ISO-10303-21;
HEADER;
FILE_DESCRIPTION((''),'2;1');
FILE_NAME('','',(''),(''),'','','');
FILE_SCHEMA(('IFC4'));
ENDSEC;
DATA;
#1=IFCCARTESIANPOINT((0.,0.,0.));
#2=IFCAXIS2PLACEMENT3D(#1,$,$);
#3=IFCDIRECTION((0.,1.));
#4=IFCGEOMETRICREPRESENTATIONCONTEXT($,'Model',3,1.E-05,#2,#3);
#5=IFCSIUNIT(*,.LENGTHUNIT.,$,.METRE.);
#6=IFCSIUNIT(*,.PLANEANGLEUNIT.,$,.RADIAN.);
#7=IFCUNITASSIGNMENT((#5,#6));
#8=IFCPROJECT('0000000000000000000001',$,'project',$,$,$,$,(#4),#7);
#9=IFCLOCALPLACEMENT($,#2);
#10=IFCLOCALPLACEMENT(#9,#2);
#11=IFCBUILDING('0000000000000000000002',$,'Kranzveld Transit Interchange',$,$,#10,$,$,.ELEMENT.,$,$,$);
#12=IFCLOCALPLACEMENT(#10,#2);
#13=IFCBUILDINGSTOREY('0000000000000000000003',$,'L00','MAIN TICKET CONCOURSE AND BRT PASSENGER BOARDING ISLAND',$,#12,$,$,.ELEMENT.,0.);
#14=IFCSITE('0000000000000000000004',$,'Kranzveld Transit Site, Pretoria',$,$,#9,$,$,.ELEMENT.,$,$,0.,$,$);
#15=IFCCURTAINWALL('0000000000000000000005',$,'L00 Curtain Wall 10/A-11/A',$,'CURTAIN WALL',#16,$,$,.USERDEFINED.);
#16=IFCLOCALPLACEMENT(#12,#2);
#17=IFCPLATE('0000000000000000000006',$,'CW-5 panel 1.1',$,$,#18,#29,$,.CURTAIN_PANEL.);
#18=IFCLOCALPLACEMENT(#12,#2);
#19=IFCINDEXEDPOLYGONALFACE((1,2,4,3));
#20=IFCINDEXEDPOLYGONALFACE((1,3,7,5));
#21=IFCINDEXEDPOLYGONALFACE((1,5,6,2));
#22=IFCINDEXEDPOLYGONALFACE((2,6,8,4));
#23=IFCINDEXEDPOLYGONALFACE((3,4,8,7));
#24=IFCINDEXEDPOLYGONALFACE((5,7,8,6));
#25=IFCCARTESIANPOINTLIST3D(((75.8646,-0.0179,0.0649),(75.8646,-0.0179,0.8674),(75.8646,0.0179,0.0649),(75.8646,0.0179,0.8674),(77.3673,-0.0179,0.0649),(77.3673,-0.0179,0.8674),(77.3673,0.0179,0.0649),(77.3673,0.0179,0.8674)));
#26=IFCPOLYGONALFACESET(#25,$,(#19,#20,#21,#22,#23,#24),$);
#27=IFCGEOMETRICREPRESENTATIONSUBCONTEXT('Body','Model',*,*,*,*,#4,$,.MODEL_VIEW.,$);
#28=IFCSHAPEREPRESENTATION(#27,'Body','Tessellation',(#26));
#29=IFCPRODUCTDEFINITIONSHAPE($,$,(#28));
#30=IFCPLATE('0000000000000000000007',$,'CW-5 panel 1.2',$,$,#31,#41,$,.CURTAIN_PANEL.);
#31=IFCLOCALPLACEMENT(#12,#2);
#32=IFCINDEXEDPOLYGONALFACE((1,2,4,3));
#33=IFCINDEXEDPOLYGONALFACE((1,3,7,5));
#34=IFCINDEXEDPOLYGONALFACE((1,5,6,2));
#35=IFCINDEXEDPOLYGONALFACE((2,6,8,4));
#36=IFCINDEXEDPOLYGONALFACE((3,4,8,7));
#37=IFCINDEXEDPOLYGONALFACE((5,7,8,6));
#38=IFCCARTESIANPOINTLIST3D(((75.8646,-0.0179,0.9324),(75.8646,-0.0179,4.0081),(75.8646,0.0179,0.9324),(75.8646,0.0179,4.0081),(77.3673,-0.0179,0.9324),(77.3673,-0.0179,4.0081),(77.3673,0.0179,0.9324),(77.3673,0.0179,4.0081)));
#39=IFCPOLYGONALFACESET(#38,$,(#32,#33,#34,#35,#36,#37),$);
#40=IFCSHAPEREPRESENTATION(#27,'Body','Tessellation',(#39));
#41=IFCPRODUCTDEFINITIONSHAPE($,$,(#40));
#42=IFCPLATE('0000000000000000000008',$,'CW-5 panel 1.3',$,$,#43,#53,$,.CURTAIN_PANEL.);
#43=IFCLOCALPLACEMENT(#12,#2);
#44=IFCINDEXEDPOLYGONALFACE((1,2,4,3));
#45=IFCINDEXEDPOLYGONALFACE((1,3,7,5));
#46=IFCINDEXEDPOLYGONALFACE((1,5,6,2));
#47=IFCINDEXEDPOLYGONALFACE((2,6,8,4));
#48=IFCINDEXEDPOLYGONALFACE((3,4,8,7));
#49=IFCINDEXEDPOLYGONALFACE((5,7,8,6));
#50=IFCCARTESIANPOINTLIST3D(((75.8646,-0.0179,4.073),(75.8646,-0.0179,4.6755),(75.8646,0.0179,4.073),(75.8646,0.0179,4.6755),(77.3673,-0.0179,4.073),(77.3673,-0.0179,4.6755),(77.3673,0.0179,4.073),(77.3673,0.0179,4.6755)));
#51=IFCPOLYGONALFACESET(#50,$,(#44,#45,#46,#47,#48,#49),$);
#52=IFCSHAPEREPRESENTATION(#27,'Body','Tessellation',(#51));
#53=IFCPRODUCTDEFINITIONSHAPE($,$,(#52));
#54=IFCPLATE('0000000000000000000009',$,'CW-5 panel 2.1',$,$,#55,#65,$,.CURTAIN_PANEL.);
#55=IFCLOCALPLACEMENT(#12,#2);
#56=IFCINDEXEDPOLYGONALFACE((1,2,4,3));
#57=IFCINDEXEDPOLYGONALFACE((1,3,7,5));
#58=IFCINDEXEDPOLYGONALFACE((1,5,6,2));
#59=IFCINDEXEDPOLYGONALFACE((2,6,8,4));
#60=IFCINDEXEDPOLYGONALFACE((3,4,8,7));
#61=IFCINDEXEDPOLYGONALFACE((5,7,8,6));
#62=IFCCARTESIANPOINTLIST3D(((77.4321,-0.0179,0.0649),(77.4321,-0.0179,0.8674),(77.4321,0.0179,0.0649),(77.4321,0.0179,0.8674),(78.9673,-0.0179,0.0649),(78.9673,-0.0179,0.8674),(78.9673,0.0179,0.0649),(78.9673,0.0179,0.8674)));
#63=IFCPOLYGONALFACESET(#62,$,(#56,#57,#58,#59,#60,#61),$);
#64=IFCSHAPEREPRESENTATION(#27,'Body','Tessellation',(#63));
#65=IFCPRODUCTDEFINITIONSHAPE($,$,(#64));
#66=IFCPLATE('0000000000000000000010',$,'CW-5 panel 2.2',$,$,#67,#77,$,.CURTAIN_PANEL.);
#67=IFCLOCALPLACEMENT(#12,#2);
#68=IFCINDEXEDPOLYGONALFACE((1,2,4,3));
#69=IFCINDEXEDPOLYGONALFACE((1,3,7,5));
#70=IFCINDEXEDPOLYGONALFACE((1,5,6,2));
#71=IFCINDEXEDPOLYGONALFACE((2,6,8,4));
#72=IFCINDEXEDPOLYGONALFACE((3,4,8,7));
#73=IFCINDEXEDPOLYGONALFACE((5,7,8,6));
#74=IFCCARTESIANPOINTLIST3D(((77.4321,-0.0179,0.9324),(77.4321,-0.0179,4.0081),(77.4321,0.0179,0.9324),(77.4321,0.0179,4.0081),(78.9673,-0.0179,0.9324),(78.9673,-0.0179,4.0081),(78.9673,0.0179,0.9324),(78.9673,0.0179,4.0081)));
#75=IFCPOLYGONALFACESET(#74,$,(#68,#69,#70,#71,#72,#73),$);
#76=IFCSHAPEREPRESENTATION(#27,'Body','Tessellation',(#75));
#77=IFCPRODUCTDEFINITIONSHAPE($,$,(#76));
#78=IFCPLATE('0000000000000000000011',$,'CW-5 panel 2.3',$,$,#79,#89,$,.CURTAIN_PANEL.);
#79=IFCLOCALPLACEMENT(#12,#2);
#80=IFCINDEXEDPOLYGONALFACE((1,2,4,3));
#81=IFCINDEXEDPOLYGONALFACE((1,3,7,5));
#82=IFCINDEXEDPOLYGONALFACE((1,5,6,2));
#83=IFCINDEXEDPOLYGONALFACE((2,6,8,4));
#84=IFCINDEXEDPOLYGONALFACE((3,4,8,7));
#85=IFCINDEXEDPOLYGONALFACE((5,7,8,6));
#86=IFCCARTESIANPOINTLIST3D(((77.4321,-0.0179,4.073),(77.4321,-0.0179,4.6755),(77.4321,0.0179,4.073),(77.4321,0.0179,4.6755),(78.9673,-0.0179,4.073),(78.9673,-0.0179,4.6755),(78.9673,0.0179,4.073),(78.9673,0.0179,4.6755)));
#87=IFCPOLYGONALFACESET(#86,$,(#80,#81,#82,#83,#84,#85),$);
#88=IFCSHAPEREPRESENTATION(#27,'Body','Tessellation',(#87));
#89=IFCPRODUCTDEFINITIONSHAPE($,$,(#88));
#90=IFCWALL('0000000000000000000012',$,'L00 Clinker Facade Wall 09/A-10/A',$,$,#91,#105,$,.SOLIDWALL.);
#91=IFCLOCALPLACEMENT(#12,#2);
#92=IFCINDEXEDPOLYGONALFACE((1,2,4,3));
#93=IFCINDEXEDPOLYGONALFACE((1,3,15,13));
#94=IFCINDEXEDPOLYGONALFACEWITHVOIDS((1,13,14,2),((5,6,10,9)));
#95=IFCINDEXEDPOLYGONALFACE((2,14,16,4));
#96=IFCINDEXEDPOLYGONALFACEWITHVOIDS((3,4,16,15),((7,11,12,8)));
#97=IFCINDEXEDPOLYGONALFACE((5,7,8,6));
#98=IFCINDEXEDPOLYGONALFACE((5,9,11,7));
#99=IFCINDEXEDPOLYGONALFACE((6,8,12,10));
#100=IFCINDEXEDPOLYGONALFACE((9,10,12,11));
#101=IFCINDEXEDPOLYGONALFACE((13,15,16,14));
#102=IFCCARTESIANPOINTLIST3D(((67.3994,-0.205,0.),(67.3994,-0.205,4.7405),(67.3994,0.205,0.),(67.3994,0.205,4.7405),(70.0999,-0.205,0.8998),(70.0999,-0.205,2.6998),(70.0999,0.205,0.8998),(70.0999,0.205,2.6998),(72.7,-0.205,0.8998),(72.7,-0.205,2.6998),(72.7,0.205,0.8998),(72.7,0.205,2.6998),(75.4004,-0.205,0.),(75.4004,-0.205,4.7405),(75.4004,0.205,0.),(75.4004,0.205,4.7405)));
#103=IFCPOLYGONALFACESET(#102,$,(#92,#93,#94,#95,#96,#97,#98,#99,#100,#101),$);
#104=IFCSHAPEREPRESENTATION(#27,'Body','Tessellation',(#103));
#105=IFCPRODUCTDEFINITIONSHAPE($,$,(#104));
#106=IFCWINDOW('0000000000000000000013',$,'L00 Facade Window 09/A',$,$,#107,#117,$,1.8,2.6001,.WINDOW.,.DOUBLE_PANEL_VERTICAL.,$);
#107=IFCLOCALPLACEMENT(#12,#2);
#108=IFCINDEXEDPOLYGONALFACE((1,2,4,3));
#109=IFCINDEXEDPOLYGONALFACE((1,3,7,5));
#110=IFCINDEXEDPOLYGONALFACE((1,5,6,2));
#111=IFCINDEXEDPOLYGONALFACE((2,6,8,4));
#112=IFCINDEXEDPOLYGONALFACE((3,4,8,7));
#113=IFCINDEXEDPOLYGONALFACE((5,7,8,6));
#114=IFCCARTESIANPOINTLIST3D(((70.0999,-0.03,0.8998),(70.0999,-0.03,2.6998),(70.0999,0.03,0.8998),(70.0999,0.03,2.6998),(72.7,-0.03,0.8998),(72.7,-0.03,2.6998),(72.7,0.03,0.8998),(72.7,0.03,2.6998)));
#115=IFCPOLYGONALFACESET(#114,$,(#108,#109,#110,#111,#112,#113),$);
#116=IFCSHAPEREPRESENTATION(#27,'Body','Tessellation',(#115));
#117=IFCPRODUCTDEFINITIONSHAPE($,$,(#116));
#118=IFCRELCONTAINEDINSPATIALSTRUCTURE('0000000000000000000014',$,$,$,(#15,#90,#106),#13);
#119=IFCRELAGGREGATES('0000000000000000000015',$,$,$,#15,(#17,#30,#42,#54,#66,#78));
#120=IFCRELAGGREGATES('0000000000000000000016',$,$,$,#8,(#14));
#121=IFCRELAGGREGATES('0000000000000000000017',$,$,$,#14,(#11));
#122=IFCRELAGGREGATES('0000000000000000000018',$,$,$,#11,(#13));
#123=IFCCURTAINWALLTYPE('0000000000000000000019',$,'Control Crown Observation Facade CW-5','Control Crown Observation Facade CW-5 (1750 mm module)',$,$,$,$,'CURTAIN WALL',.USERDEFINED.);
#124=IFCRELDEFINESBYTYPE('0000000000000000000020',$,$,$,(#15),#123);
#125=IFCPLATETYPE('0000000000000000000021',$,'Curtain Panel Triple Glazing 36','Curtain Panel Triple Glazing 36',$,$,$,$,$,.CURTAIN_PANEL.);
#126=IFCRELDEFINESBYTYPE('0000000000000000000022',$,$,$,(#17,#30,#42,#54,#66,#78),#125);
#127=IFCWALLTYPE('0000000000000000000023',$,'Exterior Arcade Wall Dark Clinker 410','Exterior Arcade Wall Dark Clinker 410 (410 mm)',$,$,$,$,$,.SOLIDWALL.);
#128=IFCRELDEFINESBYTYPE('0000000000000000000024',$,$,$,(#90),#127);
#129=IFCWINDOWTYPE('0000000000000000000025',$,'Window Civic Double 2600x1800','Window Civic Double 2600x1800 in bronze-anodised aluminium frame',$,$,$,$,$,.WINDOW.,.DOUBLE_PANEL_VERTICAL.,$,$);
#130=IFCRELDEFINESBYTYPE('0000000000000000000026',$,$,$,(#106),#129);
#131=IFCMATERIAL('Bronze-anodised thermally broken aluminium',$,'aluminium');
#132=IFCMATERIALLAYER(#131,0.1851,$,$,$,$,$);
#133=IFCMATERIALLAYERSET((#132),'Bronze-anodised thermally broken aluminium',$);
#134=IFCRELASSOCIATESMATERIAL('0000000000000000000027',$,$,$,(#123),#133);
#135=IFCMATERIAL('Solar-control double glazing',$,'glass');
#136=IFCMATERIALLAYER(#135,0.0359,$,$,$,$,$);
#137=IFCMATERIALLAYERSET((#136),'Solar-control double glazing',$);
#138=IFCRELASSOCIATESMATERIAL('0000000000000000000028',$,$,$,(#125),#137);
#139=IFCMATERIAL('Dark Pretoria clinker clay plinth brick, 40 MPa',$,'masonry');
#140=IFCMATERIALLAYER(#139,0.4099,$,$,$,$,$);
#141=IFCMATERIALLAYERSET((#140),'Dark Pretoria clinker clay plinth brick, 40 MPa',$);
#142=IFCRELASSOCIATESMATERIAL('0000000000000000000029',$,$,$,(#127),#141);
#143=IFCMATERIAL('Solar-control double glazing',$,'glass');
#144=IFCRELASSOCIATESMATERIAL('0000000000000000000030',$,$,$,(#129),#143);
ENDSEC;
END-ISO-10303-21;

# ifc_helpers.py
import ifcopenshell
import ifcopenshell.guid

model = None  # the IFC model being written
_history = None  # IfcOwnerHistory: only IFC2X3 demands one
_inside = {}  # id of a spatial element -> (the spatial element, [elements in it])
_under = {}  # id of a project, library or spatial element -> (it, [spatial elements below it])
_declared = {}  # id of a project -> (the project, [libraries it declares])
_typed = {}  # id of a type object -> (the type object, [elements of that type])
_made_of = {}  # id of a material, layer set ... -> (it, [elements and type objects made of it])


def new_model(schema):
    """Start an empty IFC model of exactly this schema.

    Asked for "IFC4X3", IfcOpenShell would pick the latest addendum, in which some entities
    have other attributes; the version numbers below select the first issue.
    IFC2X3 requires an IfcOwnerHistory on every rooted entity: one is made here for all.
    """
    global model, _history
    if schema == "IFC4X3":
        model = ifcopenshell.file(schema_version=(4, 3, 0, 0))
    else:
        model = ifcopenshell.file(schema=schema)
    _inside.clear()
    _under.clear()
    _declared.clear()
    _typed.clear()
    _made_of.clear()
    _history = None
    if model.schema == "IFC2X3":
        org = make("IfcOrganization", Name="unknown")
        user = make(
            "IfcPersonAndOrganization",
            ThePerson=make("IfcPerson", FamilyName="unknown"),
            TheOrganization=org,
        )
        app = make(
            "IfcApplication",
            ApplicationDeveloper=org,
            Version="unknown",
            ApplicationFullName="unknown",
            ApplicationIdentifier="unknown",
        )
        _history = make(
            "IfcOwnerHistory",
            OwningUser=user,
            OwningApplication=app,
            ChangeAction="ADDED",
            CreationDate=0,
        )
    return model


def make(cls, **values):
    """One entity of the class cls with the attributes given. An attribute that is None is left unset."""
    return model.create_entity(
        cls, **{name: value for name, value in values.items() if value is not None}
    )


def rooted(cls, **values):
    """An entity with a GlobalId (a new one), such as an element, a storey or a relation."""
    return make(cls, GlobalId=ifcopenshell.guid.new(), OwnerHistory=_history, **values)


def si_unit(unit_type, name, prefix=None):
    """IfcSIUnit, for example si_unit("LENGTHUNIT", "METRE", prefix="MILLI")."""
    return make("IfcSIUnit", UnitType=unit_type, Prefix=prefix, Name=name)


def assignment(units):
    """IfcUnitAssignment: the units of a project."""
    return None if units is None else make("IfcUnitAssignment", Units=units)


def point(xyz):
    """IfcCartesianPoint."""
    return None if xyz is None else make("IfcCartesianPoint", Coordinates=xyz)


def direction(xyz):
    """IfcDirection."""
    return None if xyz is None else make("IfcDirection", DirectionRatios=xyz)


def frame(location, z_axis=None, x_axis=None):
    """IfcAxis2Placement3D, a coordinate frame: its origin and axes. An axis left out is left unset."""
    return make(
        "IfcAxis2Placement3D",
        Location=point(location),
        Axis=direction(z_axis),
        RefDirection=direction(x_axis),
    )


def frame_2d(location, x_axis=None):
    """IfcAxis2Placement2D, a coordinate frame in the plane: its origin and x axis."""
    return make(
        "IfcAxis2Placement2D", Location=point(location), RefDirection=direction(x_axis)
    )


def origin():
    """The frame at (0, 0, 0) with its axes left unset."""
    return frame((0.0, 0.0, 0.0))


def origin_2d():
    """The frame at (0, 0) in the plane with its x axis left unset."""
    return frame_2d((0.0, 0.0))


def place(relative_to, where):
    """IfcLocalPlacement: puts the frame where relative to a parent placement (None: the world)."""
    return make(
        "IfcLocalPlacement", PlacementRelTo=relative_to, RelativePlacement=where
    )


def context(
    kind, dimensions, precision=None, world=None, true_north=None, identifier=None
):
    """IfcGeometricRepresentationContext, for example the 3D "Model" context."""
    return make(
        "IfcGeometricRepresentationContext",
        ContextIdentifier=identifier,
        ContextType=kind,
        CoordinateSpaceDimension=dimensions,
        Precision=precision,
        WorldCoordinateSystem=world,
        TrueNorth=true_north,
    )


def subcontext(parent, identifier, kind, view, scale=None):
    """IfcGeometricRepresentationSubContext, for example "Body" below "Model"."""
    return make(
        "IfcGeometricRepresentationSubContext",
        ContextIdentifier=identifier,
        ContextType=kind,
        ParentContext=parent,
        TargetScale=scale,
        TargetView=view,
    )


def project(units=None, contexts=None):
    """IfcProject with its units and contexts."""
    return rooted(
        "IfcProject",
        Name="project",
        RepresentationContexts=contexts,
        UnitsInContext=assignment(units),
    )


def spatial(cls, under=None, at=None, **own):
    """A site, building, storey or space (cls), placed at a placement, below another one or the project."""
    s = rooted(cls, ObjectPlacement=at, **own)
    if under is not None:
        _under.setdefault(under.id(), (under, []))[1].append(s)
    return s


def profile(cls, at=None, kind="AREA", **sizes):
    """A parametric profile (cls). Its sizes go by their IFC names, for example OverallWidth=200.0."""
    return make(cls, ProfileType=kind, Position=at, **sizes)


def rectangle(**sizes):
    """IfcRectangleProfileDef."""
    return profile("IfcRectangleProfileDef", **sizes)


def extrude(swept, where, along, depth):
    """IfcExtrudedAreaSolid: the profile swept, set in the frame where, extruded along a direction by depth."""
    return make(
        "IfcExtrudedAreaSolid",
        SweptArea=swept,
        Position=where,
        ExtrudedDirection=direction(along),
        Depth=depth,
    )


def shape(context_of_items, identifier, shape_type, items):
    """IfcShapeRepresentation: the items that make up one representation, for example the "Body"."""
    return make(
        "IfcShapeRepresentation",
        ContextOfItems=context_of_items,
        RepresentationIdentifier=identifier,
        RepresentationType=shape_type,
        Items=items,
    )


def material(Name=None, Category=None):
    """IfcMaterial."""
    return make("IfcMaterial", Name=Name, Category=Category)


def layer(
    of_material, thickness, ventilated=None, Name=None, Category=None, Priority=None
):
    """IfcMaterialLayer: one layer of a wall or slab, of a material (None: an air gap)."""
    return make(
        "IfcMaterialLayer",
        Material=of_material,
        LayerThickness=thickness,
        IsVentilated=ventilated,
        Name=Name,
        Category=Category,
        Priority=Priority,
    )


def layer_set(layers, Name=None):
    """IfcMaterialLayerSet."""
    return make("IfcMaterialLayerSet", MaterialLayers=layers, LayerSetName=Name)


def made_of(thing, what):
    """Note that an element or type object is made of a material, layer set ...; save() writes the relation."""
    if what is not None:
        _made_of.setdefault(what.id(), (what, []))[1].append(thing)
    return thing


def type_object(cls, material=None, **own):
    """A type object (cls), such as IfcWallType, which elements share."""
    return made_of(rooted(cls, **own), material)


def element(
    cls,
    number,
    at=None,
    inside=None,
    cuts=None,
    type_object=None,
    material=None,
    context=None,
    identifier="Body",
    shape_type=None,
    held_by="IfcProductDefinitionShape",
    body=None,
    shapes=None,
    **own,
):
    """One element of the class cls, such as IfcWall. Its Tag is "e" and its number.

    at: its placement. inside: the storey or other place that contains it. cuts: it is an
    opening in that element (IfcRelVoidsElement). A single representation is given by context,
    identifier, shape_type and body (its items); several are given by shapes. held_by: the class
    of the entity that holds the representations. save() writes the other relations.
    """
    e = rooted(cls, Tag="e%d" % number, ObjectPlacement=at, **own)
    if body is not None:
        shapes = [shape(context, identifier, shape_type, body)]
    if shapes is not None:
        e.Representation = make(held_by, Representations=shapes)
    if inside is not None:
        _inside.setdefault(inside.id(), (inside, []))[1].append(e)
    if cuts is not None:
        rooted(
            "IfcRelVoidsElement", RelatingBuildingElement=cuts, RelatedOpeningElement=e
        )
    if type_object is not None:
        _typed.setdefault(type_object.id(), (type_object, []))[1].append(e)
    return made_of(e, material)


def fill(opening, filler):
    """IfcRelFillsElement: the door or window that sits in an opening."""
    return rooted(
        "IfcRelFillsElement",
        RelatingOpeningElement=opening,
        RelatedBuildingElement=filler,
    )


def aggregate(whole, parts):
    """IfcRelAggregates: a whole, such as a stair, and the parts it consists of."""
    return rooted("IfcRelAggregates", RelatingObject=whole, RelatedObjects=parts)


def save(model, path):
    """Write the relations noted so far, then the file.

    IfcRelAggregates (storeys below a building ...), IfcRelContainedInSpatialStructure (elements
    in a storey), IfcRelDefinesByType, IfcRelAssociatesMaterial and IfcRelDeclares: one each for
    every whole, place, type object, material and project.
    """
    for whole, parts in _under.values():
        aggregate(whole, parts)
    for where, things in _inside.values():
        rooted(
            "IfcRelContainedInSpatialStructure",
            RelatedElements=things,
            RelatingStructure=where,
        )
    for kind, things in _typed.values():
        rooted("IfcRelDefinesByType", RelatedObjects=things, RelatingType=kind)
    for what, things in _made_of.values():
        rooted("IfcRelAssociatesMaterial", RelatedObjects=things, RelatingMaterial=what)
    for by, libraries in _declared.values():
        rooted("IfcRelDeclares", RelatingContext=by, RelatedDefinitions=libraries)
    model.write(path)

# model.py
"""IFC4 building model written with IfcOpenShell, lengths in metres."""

from ifc_helpers import new_model, si_unit, direction, frame, frame_2d, origin, origin_2d, place, context, subcontext, project, spatial, rectangle, extrude, material, layer, layer_set, type_object, element, fill, aggregate, save


model = new_model("IFC4")

# Units and contexts
model_context = context("Model", 3, precision=1e-05, world=origin(), true_north=direction((0.0, 1.0)))
body_context = subcontext(model_context, "Body", "Model", "MODEL_VIEW")
ifc_project = project(units=[si_unit("LENGTHUNIT", "METRE"), si_unit("PLANEANGLEUNIT", "RADIAN")], contexts=[model_context])

# Site, building, storey
site_placement = place(None, origin())
site = spatial("IfcSite", under=ifc_project, at=site_placement, Name="Kranzveld Transit Site, Pretoria", CompositionType="ELEMENT", RefElevation=0.0)
building_placement = place(site_placement, origin())
building = spatial("IfcBuilding", under=site, at=building_placement, Name="Kranzveld Transit Interchange", CompositionType="ELEMENT")
storey_placement = place(building_placement, origin())
storey = spatial("IfcBuildingStorey", under=building, at=storey_placement, Name="L00", Description="MAIN TICKET CONCOURSE AND BRT PASSENGER BOARDING ISLAND", CompositionType="ELEMENT", Elevation=0.0)

# Curtain wall
ifc_material_1 = material(Name="Bronze-anodised thermally broken aluminium", Category="aluminium")
ifc_layer_1 = layer(ifc_material_1, 0.1851)
ifc_layer_set_1 = layer_set([ifc_layer_1], Name="Bronze-anodised thermally broken aluminium")
curtain_wall_type = type_object("IfcCurtainWallType", Name="Control Crown Observation Facade CW-5", Description="Control Crown Observation Facade CW-5 (1750 mm module)", ElementType="CURTAIN WALL", PredefinedType="USERDEFINED", material=ifc_layer_set_1)
curtain_wall_placement = place(storey_placement, origin())
curtain_wall = element("IfcCurtainWall", 1, at=curtain_wall_placement, inside=storey, type_object=curtain_wall_type, Name="L00 Curtain Wall 10/A-11/A", ObjectType="CURTAIN WALL", PredefinedType="USERDEFINED")

# Plates
ifc_material_2 = material(Name="Solar-control double glazing", Category="glass")
ifc_layer_2 = layer(ifc_material_2, 0.0359)
ifc_layer_set_2 = layer_set([ifc_layer_2], Name="Solar-control double glazing")
plate_type = type_object("IfcPlateType", Name="Curtain Panel Triple Glazing 36", Description="Curtain Panel Triple Glazing 36", PredefinedType="CURTAIN_PANEL", material=ifc_layer_set_2)
plate_1_placement = place(storey_placement, frame((76.616, 0.0, 0.0649), z_axis=(0.0, 0.0, 1.0), x_axis=(1.0, 0.0, 0.0)))
plate_1 = element("IfcPlate", 2, at=plate_1_placement, type_object=plate_type, Name="CW-5 panel 1.1", PredefinedType="CURTAIN_PANEL", context=body_context, shape_type="SweptSolid", body=[
    extrude(rectangle(XDim=1.5027, YDim=0.0359, at=origin_2d()), origin(), (0.0, 0.0, 1.0), 0.8025),
])
plate_2_placement = place(storey_placement, frame((76.616, 0.0, 0.9324), z_axis=(0.0, 0.0, 1.0), x_axis=(1.0, 0.0, 0.0)))
plate_2 = element("IfcPlate", 3, at=plate_2_placement, type_object=plate_type, Name="CW-5 panel 1.2", PredefinedType="CURTAIN_PANEL", context=body_context, shape_type="SweptSolid", body=[
    extrude(rectangle(XDim=1.5027, YDim=0.0359, at=origin_2d()), origin(), (0.0, 0.0, 1.0), 3.0757),
])
plate_3_placement = place(storey_placement, frame((76.616, 0.0, 4.073), z_axis=(0.0, 0.0, 1.0), x_axis=(1.0, 0.0, 0.0)))
plate_3 = element("IfcPlate", 4, at=plate_3_placement, type_object=plate_type, Name="CW-5 panel 1.3", PredefinedType="CURTAIN_PANEL", context=body_context, shape_type="SweptSolid", body=[
    extrude(rectangle(XDim=1.5027, YDim=0.0359, at=origin_2d()), origin(), (0.0, 0.0, 1.0), 0.6025),
])
plate_4_placement = place(storey_placement, frame((78.1997, 0.0, 0.0649), z_axis=(0.0, 0.0, 1.0), x_axis=(1.0, 0.0, 0.0)))
plate_4 = element("IfcPlate", 5, at=plate_4_placement, type_object=plate_type, Name="CW-5 panel 2.1", PredefinedType="CURTAIN_PANEL", context=body_context, shape_type="SweptSolid", body=[
    extrude(rectangle(XDim=1.5352, YDim=0.0359, at=origin_2d()), origin(), (0.0, 0.0, 1.0), 0.8025),
])
plate_5_placement = place(storey_placement, frame((78.1997, 0.0, 0.9324), z_axis=(0.0, 0.0, 1.0), x_axis=(1.0, 0.0, 0.0)))
plate_5 = element("IfcPlate", 6, at=plate_5_placement, type_object=plate_type, Name="CW-5 panel 2.2", PredefinedType="CURTAIN_PANEL", context=body_context, shape_type="SweptSolid", body=[
    extrude(rectangle(XDim=1.5352, YDim=0.0359, at=origin_2d()), origin(), (0.0, 0.0, 1.0), 3.0757),
])
plate_6_placement = place(storey_placement, frame((78.1997, 0.0, 4.073), z_axis=(0.0, 0.0, 1.0), x_axis=(1.0, 0.0, 0.0)))
plate_6 = element("IfcPlate", 7, at=plate_6_placement, type_object=plate_type, Name="CW-5 panel 2.3", PredefinedType="CURTAIN_PANEL", context=body_context, shape_type="SweptSolid", body=[
    extrude(rectangle(XDim=1.5352, YDim=0.0359, at=origin_2d()), origin(), (0.0, 0.0, 1.0), 0.6025),
])
aggregate(curtain_wall, [plate_1, plate_2, plate_3, plate_4, plate_5, plate_6])

# Wall, opening, window
ifc_material_3 = material(Name="Dark Pretoria clinker clay plinth brick, 40 MPa", Category="masonry")
ifc_layer_3 = layer(ifc_material_3, 0.4099)
ifc_layer_set_3 = layer_set([ifc_layer_3], Name="Dark Pretoria clinker clay plinth brick, 40 MPa")
wall_type = type_object("IfcWallType", Name="Exterior Arcade Wall Dark Clinker 410", Description="Exterior Arcade Wall Dark Clinker 410 (410 mm)", PredefinedType="SOLIDWALL", material=ifc_layer_set_3)
wall_placement = place(storey_placement, frame((67.3994, 0.0, 0.0), z_axis=(0.0, 0.0, 1.0), x_axis=(1.0, 0.0, 0.0)))
wall = element("IfcWall", 8, at=wall_placement, inside=storey, type_object=wall_type, Name="L00 Clinker Facade Wall 09/A-10/A", PredefinedType="SOLIDWALL", context=body_context, shape_type="SweptSolid", body=[
    extrude(rectangle(XDim=8.001, YDim=0.4099, at=frame_2d((4.0005, 0.0))), origin(), (0.0, 0.0, 1.0), 4.7405),
])
opening_placement = place(wall_placement, frame((2.7004, 0.0, 0.8999), z_axis=(0.0, 0.0, 1.0), x_axis=(1.0, 0.0, 0.0)))
opening = element("IfcOpeningElement", 9, at=opening_placement, cuts=wall, PredefinedType="OPENING", context=body_context, shape_type="SweptSolid", body=[
    extrude(rectangle(XDim=2.6001, YDim=1.8, at=frame_2d((1.3, 0.8999))), frame((0.0, 0.2148, 0.0), z_axis=(0.0, -1.0, 0.0), x_axis=(1.0, 0.0, 0.0)), (0.0, 0.0, 1.0), 0.4299),
])
ifc_material_4 = material(Name="Solar-control double glazing", Category="glass")
window_type = type_object("IfcWindowType", Name="Window Civic Double 2600x1800", Description="Window Civic Double 2600x1800 in bronze-anodised aluminium frame", PartitioningType="DOUBLE_PANEL_VERTICAL", PredefinedType="WINDOW", material=ifc_material_4)
window_placement = place(opening_placement, origin())
window = element("IfcWindow", 10, at=window_placement, inside=storey, type_object=window_type, Name="L00 Facade Window 09/A", OverallHeight=1.8, OverallWidth=2.6001, PartitioningType="DOUBLE_PANEL_VERTICAL", PredefinedType="WINDOW", context=body_context, shape_type="SweptSolid", body=[
    extrude(rectangle(XDim=2.6001, YDim=1.8, at=frame_2d((1.3, 0.8999))), frame((0.0, 0.03, 0.0), z_axis=(0.0, -1.0, 0.0), x_axis=(1.0, 0.0, 0.0)), (0.0, 0.0, 1.0), 0.0601),
])
fill(opening, window)

save(model, "model.ifc")
